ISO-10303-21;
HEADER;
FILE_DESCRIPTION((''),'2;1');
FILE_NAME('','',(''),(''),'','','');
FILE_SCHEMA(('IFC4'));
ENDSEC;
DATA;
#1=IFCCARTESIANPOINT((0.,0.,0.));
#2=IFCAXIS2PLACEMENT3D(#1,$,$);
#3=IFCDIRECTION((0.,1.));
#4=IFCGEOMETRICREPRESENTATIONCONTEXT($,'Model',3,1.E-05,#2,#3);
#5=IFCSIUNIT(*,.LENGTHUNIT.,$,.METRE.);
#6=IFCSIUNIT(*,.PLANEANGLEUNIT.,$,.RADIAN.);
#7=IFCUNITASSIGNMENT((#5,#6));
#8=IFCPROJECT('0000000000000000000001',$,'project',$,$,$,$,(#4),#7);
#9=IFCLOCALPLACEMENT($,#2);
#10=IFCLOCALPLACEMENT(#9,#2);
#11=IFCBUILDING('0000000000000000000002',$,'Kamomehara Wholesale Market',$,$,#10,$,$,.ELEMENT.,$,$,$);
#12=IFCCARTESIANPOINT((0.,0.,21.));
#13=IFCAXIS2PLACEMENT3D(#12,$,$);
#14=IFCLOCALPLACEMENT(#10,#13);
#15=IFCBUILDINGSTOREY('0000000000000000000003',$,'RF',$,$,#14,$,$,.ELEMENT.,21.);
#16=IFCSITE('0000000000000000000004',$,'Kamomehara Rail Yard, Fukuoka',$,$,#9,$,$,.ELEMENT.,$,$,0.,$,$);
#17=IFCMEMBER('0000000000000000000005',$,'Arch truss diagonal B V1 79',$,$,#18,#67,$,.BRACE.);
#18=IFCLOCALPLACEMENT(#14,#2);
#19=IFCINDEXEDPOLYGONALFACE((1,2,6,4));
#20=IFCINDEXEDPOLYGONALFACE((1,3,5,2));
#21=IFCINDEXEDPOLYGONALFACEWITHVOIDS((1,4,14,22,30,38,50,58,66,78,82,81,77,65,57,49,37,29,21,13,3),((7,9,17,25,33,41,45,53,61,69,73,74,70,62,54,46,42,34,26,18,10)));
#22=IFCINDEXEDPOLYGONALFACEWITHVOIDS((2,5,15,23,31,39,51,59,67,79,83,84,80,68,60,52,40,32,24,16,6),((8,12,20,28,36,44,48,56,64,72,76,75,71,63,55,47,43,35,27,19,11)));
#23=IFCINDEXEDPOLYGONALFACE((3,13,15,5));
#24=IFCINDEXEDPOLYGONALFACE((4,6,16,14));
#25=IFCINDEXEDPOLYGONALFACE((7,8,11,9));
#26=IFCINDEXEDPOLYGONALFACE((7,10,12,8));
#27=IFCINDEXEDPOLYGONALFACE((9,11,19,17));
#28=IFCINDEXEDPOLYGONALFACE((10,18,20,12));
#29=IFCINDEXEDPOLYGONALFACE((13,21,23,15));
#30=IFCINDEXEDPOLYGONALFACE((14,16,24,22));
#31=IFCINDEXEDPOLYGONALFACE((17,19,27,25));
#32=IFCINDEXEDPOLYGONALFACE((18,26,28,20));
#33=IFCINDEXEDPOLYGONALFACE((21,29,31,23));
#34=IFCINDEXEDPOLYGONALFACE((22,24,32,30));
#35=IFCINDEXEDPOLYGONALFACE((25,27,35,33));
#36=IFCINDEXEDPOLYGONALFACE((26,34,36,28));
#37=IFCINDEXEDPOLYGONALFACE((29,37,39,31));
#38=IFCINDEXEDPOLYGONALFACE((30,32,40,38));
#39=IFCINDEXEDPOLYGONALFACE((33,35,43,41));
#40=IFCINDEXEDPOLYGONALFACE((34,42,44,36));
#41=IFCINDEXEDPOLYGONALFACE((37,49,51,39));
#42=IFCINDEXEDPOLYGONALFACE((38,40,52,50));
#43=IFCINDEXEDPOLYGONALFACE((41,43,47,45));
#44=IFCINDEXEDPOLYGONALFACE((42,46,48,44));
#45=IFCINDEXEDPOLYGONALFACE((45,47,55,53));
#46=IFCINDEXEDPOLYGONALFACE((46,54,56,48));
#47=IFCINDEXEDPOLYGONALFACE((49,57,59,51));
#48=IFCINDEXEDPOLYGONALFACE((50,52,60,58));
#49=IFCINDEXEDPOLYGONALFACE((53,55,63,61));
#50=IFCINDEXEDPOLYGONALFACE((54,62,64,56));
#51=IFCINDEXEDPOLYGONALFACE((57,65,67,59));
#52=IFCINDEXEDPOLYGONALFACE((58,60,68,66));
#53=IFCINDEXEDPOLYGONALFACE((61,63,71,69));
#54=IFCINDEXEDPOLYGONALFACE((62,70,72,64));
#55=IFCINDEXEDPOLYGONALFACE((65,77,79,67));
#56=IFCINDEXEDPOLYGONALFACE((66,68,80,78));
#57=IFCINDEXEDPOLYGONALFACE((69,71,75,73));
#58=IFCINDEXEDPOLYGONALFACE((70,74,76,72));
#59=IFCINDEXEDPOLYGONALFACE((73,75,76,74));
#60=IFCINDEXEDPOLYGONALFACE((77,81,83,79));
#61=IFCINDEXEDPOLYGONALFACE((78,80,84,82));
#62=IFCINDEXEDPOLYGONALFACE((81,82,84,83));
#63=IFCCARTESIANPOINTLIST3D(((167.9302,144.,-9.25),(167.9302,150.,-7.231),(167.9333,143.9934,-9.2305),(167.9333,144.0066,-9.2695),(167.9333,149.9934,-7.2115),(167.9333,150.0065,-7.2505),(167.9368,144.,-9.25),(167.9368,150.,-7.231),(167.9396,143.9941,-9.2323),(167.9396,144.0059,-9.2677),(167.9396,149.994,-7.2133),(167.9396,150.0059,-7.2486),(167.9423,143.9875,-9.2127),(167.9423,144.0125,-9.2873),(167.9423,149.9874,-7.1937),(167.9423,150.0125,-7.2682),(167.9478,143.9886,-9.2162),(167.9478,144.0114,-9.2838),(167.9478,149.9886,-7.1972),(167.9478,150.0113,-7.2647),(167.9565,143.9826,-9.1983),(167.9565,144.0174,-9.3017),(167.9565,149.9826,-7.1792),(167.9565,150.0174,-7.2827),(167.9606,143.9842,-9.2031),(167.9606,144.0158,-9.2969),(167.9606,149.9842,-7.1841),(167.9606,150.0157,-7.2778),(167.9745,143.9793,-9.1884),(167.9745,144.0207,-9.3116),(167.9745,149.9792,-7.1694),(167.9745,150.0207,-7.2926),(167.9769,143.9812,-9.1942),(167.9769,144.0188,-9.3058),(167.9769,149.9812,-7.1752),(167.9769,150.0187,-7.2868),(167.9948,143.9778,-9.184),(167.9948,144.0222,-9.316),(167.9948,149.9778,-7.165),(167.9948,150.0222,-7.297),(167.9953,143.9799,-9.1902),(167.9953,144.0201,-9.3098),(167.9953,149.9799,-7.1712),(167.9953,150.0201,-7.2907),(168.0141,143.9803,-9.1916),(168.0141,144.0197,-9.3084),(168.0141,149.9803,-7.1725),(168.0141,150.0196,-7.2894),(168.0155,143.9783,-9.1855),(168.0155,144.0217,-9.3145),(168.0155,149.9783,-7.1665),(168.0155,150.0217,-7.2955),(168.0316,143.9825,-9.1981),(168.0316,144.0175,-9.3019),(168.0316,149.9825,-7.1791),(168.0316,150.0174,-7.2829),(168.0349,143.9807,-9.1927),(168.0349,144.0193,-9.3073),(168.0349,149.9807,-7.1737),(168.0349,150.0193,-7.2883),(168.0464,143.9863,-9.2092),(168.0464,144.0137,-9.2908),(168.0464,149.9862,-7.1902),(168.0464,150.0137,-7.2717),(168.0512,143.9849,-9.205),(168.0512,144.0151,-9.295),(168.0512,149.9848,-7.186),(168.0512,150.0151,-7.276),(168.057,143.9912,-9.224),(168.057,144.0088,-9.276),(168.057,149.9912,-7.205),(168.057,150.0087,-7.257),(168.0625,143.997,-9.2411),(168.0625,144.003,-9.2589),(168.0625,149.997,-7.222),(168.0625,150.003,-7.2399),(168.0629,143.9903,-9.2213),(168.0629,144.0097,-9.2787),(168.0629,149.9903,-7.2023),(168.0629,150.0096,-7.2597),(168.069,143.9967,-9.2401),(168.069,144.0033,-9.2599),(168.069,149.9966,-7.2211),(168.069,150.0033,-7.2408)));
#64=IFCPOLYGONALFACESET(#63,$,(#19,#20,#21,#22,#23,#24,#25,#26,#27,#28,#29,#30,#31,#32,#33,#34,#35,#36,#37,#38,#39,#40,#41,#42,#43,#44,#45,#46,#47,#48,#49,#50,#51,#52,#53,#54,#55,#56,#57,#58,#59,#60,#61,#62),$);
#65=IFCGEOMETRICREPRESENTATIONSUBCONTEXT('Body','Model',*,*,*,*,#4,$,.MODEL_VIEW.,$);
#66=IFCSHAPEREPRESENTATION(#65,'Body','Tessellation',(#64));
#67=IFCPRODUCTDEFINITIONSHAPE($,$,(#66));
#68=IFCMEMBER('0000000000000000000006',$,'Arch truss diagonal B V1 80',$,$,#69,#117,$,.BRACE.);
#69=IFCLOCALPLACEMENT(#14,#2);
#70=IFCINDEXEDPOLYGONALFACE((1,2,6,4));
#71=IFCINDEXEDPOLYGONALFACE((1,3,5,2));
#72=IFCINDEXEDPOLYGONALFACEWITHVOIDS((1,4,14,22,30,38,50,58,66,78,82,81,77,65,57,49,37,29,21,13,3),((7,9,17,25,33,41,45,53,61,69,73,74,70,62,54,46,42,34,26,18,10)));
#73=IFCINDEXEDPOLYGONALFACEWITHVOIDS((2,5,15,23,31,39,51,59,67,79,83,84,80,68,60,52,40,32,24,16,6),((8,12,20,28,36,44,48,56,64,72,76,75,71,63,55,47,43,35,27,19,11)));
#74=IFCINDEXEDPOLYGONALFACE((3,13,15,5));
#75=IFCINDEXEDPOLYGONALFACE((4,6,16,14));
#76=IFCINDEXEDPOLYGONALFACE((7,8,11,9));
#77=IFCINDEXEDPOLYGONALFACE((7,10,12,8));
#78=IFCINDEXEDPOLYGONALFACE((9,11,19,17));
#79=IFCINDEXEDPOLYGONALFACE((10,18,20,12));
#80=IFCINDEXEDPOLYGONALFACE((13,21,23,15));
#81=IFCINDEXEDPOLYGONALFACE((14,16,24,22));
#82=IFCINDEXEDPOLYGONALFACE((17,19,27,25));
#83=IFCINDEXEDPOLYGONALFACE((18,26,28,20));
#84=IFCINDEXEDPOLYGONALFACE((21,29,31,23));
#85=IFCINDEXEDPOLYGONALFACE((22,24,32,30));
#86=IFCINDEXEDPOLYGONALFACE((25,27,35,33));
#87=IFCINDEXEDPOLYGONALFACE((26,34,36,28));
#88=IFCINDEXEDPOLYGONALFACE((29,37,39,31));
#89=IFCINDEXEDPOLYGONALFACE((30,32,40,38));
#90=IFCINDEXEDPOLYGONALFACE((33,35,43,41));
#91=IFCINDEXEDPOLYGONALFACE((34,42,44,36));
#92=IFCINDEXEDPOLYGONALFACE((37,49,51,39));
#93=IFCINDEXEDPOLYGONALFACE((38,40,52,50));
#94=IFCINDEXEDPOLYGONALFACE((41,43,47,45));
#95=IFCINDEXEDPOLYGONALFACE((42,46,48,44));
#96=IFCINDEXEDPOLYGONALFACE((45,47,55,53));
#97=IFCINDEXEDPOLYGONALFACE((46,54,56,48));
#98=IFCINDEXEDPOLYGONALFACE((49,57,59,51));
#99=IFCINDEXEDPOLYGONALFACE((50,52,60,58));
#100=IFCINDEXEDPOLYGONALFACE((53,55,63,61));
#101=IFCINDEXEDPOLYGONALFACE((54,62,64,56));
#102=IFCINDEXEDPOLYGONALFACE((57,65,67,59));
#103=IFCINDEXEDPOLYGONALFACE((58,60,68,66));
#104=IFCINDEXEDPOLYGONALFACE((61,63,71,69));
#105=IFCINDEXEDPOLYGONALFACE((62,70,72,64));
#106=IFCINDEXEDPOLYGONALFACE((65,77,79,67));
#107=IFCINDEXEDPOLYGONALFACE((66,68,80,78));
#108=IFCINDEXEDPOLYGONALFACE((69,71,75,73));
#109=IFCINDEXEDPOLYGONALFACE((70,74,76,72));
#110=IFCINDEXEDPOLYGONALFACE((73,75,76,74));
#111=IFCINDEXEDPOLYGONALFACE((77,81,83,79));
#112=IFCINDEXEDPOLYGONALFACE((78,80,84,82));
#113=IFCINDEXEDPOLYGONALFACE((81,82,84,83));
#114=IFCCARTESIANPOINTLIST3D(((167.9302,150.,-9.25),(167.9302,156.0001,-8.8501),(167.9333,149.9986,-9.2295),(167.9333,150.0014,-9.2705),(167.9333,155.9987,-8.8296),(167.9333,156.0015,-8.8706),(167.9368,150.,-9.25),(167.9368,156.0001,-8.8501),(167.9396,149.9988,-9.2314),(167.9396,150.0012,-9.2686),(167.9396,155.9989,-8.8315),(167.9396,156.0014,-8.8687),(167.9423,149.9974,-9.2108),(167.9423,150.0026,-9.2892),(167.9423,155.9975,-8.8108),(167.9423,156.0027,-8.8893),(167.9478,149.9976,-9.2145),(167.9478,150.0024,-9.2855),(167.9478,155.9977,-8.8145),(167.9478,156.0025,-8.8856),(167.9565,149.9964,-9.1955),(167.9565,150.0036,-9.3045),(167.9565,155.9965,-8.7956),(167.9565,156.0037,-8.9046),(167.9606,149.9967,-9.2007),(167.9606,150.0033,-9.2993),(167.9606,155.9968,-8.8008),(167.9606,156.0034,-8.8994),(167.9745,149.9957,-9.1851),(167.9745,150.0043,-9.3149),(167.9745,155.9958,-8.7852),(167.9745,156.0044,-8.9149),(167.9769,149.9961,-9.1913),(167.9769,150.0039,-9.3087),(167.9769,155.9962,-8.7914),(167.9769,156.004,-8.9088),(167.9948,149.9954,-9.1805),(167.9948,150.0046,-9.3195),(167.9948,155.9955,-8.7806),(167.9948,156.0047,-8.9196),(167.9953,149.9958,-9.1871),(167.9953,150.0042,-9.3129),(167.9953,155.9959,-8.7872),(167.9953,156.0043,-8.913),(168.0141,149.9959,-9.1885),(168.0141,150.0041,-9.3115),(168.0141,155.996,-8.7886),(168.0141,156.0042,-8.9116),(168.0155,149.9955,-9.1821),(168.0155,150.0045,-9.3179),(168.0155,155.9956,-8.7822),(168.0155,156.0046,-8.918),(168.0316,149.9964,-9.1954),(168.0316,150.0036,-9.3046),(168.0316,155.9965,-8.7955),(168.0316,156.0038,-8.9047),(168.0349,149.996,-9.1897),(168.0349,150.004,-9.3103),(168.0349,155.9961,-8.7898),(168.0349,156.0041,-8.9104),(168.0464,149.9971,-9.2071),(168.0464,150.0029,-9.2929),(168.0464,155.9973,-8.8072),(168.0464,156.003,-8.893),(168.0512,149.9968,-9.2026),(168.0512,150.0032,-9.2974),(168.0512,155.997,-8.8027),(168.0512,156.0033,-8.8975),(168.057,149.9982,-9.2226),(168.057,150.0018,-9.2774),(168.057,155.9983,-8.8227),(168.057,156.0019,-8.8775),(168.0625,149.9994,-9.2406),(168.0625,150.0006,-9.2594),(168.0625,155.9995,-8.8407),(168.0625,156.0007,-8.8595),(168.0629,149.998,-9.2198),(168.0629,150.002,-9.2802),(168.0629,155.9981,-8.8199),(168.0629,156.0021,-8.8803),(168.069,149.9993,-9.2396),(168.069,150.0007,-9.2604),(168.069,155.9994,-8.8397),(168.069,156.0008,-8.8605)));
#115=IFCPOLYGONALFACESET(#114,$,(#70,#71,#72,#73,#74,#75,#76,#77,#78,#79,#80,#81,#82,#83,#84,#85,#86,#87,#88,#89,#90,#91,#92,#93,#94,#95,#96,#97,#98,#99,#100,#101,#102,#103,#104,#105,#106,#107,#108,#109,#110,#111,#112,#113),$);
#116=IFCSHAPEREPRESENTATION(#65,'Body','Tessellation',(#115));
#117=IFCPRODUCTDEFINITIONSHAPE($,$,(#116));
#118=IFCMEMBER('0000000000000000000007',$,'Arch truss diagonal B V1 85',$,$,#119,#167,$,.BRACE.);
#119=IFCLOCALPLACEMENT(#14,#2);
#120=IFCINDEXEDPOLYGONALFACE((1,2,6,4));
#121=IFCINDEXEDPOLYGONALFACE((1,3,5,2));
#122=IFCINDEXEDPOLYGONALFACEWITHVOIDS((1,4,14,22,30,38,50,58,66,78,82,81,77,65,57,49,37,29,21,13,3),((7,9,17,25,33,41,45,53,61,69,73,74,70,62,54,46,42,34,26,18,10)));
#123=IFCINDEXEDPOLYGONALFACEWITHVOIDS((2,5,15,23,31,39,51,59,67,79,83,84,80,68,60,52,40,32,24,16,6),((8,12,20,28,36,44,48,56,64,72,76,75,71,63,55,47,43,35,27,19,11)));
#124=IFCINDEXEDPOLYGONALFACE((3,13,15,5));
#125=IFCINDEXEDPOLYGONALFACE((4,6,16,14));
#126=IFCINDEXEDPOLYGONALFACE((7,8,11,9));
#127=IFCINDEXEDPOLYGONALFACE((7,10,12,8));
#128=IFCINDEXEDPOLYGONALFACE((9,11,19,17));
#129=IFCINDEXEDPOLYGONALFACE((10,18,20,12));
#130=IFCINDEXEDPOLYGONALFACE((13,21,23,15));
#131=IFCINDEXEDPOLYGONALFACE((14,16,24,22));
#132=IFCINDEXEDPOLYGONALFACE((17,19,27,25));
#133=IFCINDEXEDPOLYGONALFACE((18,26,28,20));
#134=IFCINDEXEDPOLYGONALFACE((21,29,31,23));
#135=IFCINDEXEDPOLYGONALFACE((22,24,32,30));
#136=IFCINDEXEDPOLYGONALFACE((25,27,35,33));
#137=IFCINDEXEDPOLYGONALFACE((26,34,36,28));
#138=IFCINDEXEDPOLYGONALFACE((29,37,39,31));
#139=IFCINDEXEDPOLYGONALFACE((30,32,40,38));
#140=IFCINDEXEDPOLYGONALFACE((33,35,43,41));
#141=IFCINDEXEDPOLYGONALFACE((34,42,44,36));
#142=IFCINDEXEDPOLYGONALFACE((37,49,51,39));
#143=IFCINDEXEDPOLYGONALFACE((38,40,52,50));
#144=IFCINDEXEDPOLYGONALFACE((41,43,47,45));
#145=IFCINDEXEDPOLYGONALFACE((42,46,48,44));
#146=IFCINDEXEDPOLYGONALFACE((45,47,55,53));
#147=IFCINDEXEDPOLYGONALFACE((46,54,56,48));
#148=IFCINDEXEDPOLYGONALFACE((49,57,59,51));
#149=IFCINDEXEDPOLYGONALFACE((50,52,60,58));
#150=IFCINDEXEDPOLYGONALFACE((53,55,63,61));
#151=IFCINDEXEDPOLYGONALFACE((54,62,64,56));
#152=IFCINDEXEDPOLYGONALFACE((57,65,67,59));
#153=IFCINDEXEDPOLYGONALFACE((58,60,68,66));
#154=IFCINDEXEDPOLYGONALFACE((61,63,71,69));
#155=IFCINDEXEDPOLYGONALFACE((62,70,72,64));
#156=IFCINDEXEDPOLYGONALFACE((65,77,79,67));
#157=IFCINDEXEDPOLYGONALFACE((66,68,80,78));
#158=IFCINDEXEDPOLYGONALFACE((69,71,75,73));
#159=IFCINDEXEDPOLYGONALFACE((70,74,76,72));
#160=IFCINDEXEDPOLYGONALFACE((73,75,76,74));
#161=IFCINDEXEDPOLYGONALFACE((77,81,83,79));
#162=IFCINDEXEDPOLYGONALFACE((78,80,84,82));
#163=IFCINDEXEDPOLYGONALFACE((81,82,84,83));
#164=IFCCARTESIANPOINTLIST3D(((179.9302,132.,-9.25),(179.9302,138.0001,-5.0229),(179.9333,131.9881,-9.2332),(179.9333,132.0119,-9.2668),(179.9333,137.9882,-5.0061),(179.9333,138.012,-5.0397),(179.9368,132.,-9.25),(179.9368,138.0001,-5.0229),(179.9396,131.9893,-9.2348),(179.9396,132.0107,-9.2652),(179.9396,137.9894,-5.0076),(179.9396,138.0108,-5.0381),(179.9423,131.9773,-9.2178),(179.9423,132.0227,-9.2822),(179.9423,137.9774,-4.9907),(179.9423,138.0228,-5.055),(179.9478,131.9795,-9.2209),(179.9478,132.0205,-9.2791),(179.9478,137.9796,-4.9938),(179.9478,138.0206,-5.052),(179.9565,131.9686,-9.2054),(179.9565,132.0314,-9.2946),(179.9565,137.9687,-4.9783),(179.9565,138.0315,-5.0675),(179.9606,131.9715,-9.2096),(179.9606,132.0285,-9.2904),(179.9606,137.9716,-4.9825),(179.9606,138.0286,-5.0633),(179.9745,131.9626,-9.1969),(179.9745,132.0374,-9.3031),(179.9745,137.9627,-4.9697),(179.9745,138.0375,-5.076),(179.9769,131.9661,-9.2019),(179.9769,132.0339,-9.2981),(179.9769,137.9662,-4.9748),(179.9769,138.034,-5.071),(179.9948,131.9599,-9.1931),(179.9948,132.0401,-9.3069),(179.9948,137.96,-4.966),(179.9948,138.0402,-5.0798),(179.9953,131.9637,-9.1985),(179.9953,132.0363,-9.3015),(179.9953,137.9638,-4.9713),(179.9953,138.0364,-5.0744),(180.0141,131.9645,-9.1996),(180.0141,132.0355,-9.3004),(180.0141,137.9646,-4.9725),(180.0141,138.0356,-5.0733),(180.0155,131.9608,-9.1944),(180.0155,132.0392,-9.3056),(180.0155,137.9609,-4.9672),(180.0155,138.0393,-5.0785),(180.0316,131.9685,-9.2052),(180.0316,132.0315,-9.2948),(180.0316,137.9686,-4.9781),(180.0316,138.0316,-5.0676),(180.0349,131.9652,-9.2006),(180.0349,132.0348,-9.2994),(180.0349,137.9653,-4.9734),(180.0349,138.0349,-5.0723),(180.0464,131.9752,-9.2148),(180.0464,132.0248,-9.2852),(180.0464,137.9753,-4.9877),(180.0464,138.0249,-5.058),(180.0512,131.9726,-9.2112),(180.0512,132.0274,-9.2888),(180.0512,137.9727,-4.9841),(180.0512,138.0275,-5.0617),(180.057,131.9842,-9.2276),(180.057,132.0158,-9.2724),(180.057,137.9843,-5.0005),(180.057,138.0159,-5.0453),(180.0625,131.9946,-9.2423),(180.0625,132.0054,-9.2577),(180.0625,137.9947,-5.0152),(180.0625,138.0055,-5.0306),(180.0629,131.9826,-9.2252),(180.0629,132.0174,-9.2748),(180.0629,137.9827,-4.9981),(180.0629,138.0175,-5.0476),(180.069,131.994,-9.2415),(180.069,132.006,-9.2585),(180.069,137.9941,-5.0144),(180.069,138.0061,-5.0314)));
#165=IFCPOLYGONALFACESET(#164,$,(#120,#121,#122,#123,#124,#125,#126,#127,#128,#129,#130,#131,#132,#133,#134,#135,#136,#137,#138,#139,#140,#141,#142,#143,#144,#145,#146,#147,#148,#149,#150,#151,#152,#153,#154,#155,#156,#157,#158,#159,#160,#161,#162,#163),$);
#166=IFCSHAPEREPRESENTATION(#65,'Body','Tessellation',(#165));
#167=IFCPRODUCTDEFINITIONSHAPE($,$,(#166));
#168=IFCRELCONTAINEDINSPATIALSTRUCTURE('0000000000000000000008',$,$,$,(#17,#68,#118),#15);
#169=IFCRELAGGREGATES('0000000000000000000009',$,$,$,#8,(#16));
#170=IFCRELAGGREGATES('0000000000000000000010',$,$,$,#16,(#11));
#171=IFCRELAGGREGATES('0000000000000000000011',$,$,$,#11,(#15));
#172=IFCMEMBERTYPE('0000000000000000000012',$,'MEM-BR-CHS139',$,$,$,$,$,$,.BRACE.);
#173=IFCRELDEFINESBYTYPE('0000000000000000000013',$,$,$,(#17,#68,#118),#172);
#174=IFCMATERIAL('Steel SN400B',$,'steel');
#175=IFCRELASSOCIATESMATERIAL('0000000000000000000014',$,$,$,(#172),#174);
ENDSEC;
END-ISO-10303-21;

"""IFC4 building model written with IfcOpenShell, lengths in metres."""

from ifc_helpers import new_model, si_unit, direction, frame, origin, origin_2d, place, context, subcontext, project, spatial, hollow_circle, extrude, material, material_profile, profile_set, type_object, element, save


model = new_model("IFC4")

# Units and contexts
model_context = context("Model", 3, precision=1e-05, world=origin(), true_north=direction((0.0, 1.0)))
body_context = subcontext(model_context, "Body", "Model", "MODEL_VIEW")
ifc_project = project(units=[si_unit("LENGTHUNIT", "METRE"), si_unit("PLANEANGLEUNIT", "RADIAN")], contexts=[model_context])

# Site, building, storey
site_placement = place(None, origin())
site = spatial("IfcSite", under=ifc_project, at=site_placement, Name="Kamomehara Rail Yard, Fukuoka", CompositionType="ELEMENT", RefElevation=0.0)
building_placement = place(site_placement, origin())
building = spatial("IfcBuilding", under=site, at=building_placement, Name="Kamomehara Wholesale Market", CompositionType="ELEMENT")
storey_placement = place(building_placement, frame((0.0, 0.0, 21.0)))
storey = spatial("IfcBuildingStorey", under=building, at=storey_placement, Name="RF", CompositionType="ELEMENT", Elevation=21.0)

# Members
ifc_material_1 = material(Name="Steel SN400B", Category="steel")
ifc_material_profile_1 = material_profile(ifc_material_1, hollow_circle(Radius=0.0698, WallThickness=0.0066, at=origin_2d()), Name="CHS-139.8x6.6")
ifc_profile_set_1 = profile_set([ifc_material_profile_1], Name="Steel SN400B")
member_type_1 = type_object("IfcMemberType", Name="MEM-BR-CHS139", PredefinedType="BRACE", material=ifc_profile_set_1)
member_1_placement = place(storey_placement, frame((168.0, 144.0, -9.25), z_axis=(0.0, 0.947777, 0.318934), x_axis=(-1.0, 0.0, 0.0)))
element("IfcMember", 1, at=member_1_placement, inside=storey, type_object=member_type_1, Name="Arch truss diagonal B V1 79", PredefinedType="BRACE", context=body_context, shape_type="SweptSolid", body=[
    extrude(hollow_circle(Radius=0.0698, WallThickness=0.0066, at=origin_2d()), origin(), (0.0, 0.0, 1.0), 6.3306),
])
member_2_placement = place(storey_placement, frame((168.0, 150.0, -9.25), z_axis=(0.0, 0.997786, 0.066503), x_axis=(-1.0, 0.0, 0.0)))
element("IfcMember", 2, at=member_2_placement, inside=storey, type_object=member_type_1, Name="Arch truss diagonal B V1 80", PredefinedType="BRACE", context=body_context, shape_type="SweptSolid", body=[
    extrude(hollow_circle(Radius=0.0698, WallThickness=0.0066, at=origin_2d()), origin(), (0.0, 0.0, 1.0), 6.0134),
])
member_3_placement = place(storey_placement, frame((180.0, 132.0, -9.25), z_axis=(0.0, 0.817497, 0.575933), x_axis=(-1.0, 0.0, 0.0)))
element("IfcMember", 3, at=member_3_placement, inside=storey, type_object=member_type_1, Name="Arch truss diagonal B V1 85", PredefinedType="BRACE", context=body_context, shape_type="SweptSolid", body=[
    extrude(hollow_circle(Radius=0.0698, WallThickness=0.0066, at=origin_2d()), origin(), (0.0, 0.0, 1.0), 7.3396),
])

save(model, "model.ifc")
